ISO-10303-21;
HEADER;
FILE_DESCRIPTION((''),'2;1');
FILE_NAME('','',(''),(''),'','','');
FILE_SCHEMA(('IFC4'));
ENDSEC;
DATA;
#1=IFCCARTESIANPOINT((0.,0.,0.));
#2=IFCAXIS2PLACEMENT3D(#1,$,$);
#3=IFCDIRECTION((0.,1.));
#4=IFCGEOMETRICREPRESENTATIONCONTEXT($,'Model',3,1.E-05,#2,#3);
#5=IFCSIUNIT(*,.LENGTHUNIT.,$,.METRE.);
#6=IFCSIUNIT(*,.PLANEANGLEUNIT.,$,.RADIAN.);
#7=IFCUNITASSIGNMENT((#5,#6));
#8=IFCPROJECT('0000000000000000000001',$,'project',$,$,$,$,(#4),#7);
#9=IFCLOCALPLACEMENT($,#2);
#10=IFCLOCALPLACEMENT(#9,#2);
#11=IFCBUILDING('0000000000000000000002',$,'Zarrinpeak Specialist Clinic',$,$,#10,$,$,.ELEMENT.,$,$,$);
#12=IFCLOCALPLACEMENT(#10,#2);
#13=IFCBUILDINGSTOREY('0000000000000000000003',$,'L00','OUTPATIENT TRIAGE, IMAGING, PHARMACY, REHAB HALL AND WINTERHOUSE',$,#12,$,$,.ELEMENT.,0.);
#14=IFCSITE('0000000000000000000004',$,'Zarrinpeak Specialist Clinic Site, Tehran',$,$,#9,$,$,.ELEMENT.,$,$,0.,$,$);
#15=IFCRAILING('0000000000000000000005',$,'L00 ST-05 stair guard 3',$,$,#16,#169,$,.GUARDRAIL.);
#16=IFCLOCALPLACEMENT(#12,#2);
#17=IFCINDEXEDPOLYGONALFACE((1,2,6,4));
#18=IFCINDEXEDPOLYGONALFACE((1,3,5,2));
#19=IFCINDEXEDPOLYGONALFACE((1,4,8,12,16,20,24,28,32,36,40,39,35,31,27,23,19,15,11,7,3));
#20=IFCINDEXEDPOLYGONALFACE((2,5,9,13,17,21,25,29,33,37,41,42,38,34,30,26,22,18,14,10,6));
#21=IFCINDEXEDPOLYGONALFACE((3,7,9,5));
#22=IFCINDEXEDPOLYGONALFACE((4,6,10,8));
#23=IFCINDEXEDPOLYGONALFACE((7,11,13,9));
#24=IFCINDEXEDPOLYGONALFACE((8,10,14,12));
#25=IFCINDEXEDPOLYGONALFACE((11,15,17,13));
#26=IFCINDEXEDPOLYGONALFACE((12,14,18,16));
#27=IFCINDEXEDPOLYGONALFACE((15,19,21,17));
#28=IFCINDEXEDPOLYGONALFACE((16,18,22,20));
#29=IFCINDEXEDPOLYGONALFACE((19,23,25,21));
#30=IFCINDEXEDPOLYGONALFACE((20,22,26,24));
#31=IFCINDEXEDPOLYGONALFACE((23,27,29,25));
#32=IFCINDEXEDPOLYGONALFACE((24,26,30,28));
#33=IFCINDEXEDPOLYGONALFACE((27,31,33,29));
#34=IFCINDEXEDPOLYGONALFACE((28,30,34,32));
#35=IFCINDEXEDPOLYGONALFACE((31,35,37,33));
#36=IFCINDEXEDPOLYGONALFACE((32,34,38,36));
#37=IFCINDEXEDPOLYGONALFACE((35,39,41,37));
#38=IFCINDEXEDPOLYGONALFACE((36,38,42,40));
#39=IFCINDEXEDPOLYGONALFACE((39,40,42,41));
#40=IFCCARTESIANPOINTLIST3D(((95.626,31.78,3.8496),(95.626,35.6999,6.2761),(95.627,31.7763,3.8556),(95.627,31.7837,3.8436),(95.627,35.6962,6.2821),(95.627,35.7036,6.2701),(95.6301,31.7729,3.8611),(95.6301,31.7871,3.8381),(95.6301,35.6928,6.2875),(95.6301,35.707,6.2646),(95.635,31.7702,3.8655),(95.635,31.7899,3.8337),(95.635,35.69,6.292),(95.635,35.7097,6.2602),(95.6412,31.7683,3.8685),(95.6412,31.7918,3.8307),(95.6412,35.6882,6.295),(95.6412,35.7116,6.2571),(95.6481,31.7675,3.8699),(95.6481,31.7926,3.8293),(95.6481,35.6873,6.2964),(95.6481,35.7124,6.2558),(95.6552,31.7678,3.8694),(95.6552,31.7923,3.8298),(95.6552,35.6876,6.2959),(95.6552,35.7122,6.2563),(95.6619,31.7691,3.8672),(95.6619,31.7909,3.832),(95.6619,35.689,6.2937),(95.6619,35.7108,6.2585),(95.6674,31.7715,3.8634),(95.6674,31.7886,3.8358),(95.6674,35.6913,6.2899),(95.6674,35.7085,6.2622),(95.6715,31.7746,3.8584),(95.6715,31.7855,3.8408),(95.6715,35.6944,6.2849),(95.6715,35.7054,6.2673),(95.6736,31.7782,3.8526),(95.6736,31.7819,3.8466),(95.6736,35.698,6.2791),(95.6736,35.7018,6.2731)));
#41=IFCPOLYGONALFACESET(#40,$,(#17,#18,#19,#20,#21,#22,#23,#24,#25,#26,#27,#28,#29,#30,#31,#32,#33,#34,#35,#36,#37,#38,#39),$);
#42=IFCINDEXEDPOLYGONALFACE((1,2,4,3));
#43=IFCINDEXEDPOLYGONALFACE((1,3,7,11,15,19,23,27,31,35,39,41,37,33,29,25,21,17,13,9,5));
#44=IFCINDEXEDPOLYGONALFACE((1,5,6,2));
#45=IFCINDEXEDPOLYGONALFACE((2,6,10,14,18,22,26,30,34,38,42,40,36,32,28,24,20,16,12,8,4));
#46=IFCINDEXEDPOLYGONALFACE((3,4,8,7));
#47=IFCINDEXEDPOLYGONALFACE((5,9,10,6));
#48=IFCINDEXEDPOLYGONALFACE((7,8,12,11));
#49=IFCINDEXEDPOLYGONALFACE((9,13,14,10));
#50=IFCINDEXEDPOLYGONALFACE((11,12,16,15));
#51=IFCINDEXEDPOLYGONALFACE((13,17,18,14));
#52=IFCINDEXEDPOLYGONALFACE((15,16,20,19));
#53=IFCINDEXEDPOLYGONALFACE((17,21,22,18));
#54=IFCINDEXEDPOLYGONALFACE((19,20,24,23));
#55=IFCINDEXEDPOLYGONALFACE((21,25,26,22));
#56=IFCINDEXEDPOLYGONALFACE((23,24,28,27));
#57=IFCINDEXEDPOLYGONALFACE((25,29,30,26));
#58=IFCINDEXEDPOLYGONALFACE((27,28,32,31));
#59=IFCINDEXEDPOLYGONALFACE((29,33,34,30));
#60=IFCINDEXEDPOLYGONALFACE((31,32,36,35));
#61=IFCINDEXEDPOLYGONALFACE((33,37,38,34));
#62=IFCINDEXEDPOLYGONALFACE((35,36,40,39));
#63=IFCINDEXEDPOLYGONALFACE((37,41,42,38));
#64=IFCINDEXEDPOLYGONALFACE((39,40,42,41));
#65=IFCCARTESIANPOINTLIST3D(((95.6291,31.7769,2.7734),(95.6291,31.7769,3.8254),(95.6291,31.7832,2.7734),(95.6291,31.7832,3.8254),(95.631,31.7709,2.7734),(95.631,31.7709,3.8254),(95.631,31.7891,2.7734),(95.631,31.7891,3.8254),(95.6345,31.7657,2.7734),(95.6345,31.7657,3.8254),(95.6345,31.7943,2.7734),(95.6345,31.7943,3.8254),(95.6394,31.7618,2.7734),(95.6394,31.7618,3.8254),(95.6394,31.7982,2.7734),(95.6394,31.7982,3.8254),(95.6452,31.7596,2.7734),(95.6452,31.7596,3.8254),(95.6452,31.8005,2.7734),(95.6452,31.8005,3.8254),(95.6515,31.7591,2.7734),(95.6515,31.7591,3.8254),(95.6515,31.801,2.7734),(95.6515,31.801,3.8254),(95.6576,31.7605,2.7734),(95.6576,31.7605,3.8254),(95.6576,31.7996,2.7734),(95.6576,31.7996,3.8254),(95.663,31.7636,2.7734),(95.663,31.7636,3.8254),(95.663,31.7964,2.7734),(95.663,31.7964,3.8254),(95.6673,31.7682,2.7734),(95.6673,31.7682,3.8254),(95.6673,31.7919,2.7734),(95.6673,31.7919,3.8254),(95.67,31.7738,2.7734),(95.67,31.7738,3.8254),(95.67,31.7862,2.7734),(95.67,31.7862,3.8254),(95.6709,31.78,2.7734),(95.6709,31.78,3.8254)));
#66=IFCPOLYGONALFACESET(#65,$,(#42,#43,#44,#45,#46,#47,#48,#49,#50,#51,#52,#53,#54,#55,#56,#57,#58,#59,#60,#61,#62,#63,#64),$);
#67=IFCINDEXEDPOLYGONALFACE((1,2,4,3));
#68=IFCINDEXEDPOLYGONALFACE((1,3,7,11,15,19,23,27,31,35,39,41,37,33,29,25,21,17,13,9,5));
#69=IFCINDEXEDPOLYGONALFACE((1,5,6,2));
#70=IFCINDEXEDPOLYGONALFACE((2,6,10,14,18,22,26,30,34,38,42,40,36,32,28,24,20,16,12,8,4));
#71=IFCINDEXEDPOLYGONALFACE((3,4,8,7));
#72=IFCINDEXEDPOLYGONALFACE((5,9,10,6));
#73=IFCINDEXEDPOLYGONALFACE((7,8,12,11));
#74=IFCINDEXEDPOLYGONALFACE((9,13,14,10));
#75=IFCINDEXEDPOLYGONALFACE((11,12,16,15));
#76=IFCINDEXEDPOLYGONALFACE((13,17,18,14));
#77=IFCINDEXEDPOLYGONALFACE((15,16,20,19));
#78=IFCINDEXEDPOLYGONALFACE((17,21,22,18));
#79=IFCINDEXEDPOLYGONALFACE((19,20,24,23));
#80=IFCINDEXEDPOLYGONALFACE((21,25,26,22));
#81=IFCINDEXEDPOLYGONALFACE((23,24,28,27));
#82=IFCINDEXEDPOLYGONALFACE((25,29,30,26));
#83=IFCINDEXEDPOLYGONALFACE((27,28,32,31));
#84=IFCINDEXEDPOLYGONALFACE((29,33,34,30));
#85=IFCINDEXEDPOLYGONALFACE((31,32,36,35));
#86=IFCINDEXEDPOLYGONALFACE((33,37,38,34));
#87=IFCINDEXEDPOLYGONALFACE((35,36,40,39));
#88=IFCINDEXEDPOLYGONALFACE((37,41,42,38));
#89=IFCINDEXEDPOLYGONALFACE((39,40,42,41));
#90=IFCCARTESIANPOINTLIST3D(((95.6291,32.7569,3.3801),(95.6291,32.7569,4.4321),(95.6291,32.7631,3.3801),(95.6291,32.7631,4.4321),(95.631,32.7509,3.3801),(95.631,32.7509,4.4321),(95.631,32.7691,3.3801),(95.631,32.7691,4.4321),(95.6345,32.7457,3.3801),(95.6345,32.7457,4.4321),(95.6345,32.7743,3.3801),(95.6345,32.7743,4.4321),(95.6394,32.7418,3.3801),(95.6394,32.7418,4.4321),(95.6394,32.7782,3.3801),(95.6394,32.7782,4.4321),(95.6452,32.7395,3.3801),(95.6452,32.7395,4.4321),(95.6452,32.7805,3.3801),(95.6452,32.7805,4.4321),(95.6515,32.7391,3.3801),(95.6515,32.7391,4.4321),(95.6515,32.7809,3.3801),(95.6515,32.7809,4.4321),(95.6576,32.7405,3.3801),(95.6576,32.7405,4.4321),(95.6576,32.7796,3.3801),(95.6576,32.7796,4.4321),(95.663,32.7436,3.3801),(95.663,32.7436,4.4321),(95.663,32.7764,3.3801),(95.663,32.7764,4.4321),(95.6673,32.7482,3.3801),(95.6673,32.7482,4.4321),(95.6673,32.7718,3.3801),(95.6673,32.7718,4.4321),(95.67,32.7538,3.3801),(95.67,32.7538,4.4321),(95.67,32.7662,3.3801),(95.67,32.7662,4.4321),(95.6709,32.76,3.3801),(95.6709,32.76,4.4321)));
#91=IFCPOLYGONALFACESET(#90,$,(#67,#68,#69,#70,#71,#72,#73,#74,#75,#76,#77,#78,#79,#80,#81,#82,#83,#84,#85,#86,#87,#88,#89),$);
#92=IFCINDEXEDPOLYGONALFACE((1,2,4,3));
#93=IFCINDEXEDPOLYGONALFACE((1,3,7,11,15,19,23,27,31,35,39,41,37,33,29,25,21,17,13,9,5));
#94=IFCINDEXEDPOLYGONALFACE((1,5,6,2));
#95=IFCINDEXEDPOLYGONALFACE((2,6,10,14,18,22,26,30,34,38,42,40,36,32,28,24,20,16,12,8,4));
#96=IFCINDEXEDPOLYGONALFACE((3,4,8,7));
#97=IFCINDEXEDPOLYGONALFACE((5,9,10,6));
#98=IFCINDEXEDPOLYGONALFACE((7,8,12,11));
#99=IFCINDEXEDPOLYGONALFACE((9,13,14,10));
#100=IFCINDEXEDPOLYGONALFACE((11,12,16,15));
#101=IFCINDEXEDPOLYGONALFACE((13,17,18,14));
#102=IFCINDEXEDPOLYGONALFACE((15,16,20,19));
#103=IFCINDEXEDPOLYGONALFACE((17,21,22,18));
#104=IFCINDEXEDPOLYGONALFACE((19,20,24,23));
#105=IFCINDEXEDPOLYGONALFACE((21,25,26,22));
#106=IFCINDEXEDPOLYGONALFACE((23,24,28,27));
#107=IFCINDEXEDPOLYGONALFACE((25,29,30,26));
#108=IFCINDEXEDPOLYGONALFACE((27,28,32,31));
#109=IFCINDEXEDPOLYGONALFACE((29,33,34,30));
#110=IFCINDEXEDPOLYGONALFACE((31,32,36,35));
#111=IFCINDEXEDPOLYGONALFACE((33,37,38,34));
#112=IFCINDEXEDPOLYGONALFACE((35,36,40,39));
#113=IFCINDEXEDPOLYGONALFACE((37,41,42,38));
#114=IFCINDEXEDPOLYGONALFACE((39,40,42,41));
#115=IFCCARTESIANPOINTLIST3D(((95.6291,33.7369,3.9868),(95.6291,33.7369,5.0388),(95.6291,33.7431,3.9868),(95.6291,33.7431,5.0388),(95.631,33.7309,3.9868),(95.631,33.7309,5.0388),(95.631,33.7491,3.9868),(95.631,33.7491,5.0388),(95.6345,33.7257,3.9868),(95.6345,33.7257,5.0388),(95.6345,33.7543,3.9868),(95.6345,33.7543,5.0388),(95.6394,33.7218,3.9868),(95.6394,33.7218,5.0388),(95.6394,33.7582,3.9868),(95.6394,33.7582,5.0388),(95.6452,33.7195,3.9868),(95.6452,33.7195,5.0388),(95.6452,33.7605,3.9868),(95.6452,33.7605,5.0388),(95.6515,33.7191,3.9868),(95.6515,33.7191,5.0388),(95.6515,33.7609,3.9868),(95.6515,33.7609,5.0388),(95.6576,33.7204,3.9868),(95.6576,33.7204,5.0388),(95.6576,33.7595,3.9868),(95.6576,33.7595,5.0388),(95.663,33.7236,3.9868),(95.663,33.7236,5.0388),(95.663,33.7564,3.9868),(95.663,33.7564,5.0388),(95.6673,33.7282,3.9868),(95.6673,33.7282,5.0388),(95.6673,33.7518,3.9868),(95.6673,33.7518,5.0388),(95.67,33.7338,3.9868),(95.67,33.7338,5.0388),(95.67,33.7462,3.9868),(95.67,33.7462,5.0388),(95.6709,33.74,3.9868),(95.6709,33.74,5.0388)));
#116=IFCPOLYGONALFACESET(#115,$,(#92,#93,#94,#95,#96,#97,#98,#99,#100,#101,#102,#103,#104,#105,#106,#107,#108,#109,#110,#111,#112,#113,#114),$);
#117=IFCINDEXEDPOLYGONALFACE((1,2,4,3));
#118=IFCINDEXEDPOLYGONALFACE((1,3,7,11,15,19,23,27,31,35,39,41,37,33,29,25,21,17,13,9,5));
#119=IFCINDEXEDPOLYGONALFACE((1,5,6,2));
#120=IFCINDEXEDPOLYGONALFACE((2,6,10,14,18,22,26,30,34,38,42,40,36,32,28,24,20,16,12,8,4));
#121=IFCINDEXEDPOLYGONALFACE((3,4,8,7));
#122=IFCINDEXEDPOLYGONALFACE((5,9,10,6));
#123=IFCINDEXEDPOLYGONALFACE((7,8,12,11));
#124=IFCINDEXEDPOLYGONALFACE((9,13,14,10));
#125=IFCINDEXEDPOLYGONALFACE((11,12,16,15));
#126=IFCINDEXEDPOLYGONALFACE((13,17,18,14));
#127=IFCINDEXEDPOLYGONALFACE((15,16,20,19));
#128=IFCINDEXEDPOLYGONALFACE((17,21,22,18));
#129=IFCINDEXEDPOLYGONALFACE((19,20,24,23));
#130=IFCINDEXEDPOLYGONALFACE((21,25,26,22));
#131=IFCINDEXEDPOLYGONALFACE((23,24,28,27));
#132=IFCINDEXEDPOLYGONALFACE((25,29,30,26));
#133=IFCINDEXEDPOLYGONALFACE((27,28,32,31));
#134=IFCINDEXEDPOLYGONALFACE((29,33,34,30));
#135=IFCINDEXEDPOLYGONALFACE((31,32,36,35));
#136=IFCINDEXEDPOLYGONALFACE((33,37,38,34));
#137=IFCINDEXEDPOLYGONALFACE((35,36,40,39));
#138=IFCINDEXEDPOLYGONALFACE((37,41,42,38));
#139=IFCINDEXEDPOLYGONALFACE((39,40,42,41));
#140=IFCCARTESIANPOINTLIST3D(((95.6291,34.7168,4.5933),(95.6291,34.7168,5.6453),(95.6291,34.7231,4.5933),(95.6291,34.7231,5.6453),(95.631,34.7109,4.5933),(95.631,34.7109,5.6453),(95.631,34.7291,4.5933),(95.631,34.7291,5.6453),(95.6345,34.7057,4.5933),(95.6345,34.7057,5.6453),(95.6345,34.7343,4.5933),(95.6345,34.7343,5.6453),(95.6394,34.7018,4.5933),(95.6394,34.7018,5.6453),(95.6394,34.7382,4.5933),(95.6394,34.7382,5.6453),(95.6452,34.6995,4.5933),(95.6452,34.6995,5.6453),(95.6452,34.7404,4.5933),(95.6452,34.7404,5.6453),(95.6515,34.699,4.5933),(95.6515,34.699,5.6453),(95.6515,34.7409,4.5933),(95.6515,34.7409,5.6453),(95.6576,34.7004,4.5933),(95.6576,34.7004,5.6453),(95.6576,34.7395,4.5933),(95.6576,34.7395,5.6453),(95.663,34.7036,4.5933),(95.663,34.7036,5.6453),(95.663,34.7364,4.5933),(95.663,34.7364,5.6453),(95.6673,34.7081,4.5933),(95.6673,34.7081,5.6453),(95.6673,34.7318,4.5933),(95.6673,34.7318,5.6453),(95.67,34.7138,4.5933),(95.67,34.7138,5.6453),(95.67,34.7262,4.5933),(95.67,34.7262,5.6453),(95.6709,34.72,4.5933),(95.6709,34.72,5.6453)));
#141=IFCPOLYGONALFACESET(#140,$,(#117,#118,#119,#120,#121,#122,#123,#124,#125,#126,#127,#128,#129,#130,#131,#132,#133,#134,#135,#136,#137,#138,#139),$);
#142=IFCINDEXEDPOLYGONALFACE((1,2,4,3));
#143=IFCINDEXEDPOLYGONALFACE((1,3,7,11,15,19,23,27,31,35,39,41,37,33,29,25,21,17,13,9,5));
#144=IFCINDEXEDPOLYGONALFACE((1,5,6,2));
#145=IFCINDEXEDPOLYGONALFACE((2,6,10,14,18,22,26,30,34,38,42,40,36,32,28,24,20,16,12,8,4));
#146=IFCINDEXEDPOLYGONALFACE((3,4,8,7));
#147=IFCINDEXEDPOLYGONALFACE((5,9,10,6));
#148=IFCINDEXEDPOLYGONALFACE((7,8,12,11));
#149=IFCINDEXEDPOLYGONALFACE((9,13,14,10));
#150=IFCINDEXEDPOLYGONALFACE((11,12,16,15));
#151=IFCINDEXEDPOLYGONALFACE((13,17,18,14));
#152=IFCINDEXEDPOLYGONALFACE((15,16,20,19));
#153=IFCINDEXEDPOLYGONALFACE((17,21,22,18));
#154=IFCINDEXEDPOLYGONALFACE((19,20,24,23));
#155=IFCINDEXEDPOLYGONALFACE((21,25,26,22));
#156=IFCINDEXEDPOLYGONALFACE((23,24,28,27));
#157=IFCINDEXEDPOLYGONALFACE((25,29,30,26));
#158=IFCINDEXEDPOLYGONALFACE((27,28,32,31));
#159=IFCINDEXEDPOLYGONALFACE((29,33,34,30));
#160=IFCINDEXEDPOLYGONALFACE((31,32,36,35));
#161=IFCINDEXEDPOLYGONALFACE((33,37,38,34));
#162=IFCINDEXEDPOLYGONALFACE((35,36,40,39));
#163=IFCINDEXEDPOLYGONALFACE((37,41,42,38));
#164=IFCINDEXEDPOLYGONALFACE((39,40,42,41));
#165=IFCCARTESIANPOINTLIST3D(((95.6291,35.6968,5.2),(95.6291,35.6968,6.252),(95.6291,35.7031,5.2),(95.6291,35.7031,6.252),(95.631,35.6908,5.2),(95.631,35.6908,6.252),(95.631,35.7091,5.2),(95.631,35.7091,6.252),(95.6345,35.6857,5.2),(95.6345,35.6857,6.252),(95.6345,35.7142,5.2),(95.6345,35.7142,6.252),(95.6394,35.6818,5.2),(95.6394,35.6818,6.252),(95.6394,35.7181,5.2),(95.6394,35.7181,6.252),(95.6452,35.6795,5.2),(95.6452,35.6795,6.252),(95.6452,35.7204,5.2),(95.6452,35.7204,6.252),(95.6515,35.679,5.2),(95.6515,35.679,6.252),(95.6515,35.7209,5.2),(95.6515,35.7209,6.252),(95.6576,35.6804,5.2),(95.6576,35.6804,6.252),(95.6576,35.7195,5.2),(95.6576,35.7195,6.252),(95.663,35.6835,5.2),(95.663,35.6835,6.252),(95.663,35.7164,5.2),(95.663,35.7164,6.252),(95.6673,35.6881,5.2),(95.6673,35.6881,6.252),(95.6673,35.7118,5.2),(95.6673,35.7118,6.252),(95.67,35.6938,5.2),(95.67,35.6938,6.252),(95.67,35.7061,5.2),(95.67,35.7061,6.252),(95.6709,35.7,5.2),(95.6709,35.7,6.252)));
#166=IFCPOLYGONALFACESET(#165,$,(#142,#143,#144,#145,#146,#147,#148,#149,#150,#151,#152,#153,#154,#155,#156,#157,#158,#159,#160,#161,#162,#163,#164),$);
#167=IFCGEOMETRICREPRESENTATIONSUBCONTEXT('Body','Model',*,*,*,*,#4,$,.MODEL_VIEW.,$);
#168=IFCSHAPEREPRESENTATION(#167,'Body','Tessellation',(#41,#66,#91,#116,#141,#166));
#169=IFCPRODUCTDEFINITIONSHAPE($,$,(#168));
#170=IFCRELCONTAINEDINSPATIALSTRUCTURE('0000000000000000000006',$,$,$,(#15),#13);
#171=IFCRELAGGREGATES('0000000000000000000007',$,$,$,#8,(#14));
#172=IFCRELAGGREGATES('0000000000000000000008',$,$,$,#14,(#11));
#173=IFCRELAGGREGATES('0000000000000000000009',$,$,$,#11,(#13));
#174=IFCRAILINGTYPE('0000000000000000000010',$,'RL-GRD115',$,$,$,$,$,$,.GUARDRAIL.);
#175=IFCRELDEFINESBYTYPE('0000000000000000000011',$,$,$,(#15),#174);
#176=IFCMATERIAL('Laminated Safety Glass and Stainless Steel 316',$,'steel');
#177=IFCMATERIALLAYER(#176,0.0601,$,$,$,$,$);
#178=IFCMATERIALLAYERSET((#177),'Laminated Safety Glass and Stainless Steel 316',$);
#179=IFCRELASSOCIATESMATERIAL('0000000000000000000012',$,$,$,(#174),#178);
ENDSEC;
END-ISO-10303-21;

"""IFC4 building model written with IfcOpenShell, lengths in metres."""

from ifc_helpers import new_model, si_unit, direction, frame, origin, origin_2d, place, context, subcontext, project, spatial, circle, extrude, material, layer, layer_set, type_object, element, save


model = new_model("IFC4")

# Units and contexts
model_context = context("Model", 3, precision=1e-05, world=origin(), true_north=direction((0.0, 1.0)))
body_context = subcontext(model_context, "Body", "Model", "MODEL_VIEW")
ifc_project = project(units=[si_unit("LENGTHUNIT", "METRE"), si_unit("PLANEANGLEUNIT", "RADIAN")], contexts=[model_context])

# Site, building, storey
site_placement = place(None, origin())
site = spatial("IfcSite", under=ifc_project, at=site_placement, Name="Zarrinpeak Specialist Clinic Site, Tehran", CompositionType="ELEMENT", RefElevation=0.0)
building_placement = place(site_placement, origin())
building = spatial("IfcBuilding", under=site, at=building_placement, Name="Zarrinpeak Specialist Clinic", CompositionType="ELEMENT")
storey_placement = place(building_placement, origin())
storey = spatial("IfcBuildingStorey", under=building, at=storey_placement, Name="L00", Description="OUTPATIENT TRIAGE, IMAGING, PHARMACY, REHAB HALL AND WINTERHOUSE", CompositionType="ELEMENT", Elevation=0.0)

# Railing
ifc_material_1 = material(Name="Laminated Safety Glass and Stainless Steel 316", Category="steel")
ifc_layer_1 = layer(ifc_material_1, 0.0601)
ifc_layer_set_1 = layer_set([ifc_layer_1], Name="Laminated Safety Glass and Stainless Steel 316")
railing_type_1 = type_object("IfcRailingType", Name="RL-GRD115", PredefinedType="GUARDRAIL", material=ifc_layer_set_1)
railing_1_placement = place(storey_placement, frame((95.6499, 31.78, 2.7734)))
element("IfcRailing", 1, at=railing_1_placement, inside=storey, type_object=railing_type_1, Name="L00 ST-05 stair guard 3", PredefinedType="GUARDRAIL", context=body_context, shape_type="SweptSolid", body=[
    extrude(circle(Radius=0.0239, at=origin_2d()), frame((0.0, 0.0, 1.0762), z_axis=(0.0, 0.850275, 0.526338), x_axis=(-1.0, 0.0, 0.0)), (0.0, 0.0, 1.0), 4.6101),
    extrude(circle(Radius=0.021, at=origin_2d()), origin(), (0.0, 0.0, 1.0), 1.052),
    extrude(circle(Radius=0.021, at=origin_2d()), frame((0.0, 0.98, 0.6067)), (0.0, 0.0, 1.0), 1.052),
    extrude(circle(Radius=0.021, at=origin_2d()), frame((0.0, 1.96, 1.2134)), (0.0, 0.0, 1.0), 1.052),
    extrude(circle(Radius=0.021, at=origin_2d()), frame((0.0, 2.9399, 1.8198)), (0.0, 0.0, 1.0), 1.052),
    extrude(circle(Radius=0.021, at=origin_2d()), frame((0.0, 3.9199, 2.4265)), (0.0, 0.0, 1.0), 1.052),
])

save(model, "model.ifc")
